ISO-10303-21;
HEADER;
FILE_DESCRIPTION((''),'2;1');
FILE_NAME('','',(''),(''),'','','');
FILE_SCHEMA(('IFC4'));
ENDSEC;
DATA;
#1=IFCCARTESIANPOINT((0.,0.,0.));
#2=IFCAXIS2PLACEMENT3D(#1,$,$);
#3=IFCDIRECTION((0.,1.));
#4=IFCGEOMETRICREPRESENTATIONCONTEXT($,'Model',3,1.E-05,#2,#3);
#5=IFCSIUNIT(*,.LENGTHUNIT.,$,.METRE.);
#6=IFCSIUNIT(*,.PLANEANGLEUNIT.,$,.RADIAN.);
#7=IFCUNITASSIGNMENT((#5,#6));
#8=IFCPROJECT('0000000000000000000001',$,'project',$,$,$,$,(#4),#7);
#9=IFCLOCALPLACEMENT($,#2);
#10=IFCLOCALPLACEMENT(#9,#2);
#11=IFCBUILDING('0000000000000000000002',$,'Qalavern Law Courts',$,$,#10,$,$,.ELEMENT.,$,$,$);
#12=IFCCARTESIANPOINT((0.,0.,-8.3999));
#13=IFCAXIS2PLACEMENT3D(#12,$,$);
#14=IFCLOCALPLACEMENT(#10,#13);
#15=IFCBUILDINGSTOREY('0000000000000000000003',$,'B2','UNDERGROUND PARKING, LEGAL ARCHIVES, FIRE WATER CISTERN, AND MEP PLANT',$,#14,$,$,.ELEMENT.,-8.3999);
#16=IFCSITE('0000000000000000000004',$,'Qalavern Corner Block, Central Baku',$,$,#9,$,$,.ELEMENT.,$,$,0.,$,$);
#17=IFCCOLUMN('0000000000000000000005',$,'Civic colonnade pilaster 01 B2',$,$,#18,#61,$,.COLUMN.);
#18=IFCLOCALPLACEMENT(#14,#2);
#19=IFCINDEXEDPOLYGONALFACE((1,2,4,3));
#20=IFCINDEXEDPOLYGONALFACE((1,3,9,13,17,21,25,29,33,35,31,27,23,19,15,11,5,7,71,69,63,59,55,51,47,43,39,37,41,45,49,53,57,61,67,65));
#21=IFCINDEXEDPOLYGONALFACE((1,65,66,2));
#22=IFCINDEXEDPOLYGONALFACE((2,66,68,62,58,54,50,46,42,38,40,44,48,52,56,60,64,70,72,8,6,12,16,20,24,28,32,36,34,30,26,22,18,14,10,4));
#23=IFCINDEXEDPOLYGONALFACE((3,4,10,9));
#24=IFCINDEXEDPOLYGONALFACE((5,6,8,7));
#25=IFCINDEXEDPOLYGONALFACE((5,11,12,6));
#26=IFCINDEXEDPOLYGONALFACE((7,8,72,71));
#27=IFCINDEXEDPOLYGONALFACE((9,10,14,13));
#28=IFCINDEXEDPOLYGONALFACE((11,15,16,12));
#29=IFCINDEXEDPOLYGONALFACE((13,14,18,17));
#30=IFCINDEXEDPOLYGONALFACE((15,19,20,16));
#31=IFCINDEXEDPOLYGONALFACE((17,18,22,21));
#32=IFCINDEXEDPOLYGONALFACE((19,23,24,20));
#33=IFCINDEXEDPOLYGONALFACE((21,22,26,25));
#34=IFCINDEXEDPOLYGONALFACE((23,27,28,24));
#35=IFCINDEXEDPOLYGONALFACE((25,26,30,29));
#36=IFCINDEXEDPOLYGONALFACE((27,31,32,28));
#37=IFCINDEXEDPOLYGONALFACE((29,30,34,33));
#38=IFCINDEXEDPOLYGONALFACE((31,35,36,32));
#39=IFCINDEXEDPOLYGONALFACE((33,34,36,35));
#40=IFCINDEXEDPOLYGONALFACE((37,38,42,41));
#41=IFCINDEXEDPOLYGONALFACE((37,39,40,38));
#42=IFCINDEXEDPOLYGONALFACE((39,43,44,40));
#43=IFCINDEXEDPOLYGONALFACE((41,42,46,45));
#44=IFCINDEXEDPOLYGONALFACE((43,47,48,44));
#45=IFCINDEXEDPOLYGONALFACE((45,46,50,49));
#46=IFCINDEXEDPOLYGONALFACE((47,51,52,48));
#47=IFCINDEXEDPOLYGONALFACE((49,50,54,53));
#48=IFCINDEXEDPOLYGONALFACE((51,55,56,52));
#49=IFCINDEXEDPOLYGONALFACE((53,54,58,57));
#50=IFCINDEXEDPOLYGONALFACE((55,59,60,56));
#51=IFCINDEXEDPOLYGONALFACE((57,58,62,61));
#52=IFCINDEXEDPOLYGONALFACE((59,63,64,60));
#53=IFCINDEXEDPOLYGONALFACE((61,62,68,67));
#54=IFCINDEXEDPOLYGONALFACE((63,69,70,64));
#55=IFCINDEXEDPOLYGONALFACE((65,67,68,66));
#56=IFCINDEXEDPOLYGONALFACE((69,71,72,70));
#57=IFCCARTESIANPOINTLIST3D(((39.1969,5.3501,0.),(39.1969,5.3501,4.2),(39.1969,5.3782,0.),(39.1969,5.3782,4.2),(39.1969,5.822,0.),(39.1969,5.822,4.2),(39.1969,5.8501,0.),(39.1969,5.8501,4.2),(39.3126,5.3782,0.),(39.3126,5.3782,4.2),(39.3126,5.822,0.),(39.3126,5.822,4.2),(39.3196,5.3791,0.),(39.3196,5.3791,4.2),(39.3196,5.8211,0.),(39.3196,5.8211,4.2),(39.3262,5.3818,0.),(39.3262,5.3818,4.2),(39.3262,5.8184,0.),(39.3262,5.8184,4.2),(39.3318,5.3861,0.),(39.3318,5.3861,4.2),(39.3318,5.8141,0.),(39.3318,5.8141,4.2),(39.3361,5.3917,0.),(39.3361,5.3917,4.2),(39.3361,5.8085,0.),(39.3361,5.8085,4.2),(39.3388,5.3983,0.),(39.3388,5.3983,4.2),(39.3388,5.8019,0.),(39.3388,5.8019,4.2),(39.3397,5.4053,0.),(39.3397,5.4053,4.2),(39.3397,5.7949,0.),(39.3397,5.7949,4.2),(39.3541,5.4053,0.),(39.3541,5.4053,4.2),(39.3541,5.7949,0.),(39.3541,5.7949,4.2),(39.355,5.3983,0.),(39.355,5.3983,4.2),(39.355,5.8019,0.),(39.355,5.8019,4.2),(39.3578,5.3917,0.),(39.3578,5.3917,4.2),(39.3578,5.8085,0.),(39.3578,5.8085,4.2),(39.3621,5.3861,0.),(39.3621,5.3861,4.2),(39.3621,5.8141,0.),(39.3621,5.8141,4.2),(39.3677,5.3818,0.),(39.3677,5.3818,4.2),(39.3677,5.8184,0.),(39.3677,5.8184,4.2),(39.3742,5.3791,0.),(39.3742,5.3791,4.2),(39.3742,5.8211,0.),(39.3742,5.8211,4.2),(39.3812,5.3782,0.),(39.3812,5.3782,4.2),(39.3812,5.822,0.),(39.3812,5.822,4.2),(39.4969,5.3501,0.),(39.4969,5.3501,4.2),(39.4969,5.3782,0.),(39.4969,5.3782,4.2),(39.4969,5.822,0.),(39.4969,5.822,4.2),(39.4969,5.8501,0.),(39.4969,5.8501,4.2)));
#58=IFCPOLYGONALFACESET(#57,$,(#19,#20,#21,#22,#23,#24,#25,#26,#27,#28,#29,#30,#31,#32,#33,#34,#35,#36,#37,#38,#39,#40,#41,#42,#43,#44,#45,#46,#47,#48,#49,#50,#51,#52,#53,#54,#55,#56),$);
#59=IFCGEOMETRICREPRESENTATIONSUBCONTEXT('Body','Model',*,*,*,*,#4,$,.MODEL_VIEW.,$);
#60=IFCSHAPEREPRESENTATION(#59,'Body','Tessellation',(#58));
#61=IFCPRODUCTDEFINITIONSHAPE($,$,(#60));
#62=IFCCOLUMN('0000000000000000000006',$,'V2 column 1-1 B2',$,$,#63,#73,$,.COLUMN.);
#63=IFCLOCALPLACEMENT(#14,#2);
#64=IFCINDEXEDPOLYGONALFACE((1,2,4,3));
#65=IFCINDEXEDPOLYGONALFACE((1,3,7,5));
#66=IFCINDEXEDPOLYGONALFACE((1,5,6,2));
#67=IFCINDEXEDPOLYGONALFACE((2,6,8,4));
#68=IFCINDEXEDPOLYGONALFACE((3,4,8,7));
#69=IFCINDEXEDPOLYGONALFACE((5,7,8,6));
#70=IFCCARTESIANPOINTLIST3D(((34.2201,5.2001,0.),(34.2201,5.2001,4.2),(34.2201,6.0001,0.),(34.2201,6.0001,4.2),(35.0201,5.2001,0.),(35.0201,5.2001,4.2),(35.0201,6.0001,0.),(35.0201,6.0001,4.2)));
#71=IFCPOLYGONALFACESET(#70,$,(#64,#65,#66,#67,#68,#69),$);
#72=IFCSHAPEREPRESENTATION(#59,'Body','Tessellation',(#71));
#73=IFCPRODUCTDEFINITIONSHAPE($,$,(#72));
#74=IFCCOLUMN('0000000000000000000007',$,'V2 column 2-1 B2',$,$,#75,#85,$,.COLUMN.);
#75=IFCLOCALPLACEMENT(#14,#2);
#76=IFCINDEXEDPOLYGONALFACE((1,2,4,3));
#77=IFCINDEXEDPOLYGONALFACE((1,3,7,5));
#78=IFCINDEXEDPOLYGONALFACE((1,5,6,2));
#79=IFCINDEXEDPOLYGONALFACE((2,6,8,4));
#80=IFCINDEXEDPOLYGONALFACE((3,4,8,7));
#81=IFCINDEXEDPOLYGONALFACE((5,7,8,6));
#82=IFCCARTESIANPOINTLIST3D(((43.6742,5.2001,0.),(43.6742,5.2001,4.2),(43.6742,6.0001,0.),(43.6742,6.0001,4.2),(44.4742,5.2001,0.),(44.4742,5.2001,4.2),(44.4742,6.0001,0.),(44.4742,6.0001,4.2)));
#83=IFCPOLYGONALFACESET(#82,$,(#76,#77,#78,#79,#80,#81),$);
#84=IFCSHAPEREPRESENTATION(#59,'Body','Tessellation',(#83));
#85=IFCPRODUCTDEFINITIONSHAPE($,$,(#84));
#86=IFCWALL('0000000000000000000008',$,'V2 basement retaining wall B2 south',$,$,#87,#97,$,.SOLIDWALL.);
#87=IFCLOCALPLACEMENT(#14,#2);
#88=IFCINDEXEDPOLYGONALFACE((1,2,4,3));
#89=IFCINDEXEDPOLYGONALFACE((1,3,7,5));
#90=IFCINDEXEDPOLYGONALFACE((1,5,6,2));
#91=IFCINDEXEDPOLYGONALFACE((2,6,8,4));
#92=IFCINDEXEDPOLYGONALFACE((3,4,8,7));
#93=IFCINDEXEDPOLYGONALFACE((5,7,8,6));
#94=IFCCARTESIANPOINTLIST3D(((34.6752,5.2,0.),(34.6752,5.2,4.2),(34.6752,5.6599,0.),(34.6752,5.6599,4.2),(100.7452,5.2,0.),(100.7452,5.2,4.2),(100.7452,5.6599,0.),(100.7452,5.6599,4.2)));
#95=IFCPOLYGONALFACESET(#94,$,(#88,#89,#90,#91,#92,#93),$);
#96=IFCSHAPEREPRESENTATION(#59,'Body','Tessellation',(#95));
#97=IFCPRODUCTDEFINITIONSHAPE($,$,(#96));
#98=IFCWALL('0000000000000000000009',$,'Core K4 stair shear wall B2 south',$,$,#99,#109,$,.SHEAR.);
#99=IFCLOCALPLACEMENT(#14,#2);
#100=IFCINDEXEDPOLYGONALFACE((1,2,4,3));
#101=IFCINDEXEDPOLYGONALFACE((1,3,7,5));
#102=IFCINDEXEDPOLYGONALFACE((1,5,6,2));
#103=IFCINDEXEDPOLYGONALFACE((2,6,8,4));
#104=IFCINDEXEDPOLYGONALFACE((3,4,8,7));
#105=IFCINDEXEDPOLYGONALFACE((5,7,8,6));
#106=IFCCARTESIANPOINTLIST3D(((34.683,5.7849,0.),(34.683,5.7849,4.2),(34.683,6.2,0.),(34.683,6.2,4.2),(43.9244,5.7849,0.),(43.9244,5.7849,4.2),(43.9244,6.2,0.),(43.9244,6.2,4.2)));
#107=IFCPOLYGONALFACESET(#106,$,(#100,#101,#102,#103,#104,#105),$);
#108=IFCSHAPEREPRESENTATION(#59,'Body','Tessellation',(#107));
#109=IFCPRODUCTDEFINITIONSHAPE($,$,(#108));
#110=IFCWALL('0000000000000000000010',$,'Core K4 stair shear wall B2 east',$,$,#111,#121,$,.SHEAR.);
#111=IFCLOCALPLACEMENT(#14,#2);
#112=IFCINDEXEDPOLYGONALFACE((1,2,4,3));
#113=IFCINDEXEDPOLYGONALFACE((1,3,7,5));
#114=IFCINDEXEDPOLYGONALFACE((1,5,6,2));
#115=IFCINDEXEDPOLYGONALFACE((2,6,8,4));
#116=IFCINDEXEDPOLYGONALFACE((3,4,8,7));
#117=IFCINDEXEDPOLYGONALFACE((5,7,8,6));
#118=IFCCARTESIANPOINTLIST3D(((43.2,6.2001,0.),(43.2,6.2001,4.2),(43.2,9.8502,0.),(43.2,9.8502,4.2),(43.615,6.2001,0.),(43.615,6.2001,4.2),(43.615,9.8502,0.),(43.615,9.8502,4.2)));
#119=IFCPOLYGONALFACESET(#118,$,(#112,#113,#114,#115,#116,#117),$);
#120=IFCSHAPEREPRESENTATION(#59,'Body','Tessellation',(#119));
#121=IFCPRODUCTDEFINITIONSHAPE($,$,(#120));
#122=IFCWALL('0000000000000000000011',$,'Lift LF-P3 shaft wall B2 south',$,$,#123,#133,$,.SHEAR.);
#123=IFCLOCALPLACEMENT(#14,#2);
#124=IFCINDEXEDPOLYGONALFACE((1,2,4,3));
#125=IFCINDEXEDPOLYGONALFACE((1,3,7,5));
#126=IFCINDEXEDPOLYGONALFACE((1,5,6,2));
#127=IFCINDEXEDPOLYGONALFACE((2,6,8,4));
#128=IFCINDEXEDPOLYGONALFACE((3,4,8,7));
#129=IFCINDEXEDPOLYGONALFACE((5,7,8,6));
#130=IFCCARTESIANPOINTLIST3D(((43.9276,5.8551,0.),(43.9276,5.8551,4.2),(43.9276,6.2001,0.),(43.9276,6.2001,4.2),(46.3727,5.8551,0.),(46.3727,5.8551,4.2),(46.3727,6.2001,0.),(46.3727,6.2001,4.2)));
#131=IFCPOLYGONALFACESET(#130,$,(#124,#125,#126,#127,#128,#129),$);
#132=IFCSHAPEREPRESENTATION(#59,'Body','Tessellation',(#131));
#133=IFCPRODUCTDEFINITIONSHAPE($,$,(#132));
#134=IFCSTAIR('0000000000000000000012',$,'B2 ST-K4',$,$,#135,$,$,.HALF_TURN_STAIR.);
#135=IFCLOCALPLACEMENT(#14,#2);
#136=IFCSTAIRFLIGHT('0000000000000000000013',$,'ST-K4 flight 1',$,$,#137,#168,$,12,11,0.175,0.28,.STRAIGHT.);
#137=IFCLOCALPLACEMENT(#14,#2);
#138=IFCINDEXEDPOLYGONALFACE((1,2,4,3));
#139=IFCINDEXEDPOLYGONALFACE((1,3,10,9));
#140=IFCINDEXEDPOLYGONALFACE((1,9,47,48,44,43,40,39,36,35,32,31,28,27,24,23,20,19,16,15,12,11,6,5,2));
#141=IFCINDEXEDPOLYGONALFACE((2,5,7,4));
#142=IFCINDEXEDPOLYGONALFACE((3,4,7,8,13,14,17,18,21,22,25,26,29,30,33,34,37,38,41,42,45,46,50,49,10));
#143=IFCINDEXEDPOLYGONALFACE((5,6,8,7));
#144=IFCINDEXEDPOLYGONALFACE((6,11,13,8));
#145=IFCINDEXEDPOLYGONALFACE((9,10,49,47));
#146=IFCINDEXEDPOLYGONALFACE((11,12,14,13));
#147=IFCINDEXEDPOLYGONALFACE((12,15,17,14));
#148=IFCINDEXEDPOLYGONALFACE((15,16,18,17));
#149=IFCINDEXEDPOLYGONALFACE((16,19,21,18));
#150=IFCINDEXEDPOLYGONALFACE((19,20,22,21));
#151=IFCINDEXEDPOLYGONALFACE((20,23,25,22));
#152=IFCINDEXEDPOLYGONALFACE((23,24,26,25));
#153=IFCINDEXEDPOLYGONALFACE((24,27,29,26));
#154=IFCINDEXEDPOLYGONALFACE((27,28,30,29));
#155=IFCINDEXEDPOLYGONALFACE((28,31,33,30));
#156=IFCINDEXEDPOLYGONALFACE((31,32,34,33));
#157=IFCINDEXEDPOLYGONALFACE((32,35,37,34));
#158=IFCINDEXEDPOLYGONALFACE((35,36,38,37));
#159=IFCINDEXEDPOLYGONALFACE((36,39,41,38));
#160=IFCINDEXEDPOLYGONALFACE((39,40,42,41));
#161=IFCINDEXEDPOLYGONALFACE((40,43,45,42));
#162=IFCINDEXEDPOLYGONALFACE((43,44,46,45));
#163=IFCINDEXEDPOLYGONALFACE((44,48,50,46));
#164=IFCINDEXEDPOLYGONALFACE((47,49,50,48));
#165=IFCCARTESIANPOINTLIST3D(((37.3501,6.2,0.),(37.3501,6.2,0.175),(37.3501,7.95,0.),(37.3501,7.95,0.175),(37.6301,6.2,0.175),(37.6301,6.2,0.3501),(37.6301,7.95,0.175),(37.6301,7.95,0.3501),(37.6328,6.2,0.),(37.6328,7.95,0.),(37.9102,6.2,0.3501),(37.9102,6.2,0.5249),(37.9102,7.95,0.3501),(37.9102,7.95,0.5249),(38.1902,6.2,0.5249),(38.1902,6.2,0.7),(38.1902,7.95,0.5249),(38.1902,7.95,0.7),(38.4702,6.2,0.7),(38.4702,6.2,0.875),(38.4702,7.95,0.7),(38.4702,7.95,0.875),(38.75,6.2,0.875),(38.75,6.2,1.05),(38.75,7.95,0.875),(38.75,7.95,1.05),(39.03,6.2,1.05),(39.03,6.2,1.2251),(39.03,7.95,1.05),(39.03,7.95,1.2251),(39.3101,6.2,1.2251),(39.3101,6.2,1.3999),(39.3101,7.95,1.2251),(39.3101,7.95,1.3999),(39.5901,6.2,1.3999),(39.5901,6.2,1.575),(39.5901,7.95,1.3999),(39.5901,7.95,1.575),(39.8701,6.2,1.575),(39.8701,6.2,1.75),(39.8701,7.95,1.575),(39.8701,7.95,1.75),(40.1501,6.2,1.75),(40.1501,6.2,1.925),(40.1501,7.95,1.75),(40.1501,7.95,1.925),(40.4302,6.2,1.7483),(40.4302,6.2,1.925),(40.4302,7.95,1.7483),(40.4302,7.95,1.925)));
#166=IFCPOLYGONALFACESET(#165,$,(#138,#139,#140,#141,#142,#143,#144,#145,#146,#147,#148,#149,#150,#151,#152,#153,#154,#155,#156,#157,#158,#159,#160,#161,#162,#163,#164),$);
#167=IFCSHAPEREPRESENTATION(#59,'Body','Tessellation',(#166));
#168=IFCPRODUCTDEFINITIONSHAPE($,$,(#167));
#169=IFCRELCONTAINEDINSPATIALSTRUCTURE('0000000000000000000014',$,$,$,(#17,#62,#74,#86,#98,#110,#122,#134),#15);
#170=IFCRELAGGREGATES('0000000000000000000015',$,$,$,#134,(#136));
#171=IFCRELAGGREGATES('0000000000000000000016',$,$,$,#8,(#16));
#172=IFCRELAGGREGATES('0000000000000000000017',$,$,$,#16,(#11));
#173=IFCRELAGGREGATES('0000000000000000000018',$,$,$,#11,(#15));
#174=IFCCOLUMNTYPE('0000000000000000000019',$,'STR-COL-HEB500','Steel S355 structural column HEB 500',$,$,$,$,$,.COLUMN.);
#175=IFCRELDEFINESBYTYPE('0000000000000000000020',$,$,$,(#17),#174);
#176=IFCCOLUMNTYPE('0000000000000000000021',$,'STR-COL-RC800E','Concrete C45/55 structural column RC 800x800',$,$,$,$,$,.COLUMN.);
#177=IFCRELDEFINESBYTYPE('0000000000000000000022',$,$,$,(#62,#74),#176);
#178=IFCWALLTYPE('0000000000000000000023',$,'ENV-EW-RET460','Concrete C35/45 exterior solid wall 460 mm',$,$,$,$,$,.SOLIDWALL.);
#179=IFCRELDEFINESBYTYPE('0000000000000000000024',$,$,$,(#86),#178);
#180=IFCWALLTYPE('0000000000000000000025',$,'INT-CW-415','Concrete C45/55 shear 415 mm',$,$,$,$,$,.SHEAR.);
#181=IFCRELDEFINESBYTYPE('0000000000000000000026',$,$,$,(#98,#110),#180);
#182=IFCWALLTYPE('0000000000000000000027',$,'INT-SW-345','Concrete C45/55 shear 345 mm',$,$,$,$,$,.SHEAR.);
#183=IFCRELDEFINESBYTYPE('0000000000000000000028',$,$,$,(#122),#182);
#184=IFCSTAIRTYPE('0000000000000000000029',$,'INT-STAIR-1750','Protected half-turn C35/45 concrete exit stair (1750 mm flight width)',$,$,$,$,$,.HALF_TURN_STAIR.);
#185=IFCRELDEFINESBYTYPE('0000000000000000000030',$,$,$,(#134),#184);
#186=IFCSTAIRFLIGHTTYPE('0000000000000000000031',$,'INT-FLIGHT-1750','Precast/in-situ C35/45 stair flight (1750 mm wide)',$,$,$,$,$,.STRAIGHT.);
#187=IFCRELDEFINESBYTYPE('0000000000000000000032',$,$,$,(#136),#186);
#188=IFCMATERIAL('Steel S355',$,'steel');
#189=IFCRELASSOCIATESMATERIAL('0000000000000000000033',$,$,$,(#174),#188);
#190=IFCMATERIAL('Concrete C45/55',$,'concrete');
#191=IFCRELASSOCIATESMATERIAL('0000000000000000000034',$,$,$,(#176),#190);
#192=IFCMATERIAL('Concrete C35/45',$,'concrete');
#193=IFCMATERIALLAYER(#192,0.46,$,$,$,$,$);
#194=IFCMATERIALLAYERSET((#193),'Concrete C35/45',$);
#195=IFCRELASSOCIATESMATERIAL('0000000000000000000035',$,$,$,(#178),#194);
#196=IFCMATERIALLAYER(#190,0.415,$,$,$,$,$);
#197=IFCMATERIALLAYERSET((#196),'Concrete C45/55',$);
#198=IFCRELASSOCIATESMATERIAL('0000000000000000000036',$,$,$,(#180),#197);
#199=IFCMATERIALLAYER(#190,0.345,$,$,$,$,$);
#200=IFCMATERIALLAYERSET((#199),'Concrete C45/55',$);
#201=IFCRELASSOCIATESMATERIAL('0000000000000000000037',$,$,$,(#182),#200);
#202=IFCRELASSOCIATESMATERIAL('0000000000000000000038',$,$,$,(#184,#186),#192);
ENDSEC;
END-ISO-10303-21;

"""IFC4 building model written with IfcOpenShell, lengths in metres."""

from ifc_helpers import new_model, si_unit, direction, frame, frame_2d, origin, origin_2d, place, context, subcontext, project, spatial, polyline, rectangle, i_section, outline, extrude, material, layer, layer_set, material_profile, profile_set, type_object, element, aggregate, save


model = new_model("IFC4")

# Units and contexts
model_context = context("Model", 3, precision=1e-05, world=origin(), true_north=direction((0.0, 1.0)))
body_context = subcontext(model_context, "Body", "Model", "MODEL_VIEW")
ifc_project = project(units=[si_unit("LENGTHUNIT", "METRE"), si_unit("PLANEANGLEUNIT", "RADIAN")], contexts=[model_context])

# Site, building, storey
site_placement = place(None, origin())
site = spatial("IfcSite", under=ifc_project, at=site_placement, Name="Qalavern Corner Block, Central Baku", CompositionType="ELEMENT", RefElevation=0.0)
building_placement = place(site_placement, origin())
building = spatial("IfcBuilding", under=site, at=building_placement, Name="Qalavern Law Courts", CompositionType="ELEMENT")
storey_placement = place(building_placement, frame((0.0, 0.0, -8.3999)))
storey = spatial("IfcBuildingStorey", under=building, at=storey_placement, Name="B2", Description="UNDERGROUND PARKING, LEGAL ARCHIVES, FIRE WATER CISTERN, AND MEP PLANT", CompositionType="ELEMENT", Elevation=-8.3999)

# Shared definitions
ifc_material_1 = material(Name="Concrete C35/45", Category="concrete")

# Columns
ifc_material_2 = material(Name="Steel S355", Category="steel")
ifc_material_profile_1 = material_profile(ifc_material_2, i_section(OverallWidth=0.3, OverallDepth=0.5, WebThickness=0.0144, FlangeThickness=0.0281, FilletRadius=0.0271, at=origin_2d()), Name="HEB 500")
ifc_profile_set_1 = profile_set([ifc_material_profile_1], Name="Steel S355")
column_type_1 = type_object("IfcColumnType", Name="STR-COL-HEB500", Description="Steel S355 structural column HEB 500", PredefinedType="COLUMN", material=ifc_profile_set_1)
column_placement = place(storey_placement, frame((39.3469, 5.6001, 0.0), z_axis=(0.0, 0.0, 1.0), x_axis=(1.0, 0.0, 0.0)))
element("IfcColumn", 1, at=column_placement, inside=storey, type_object=column_type_1, Name="Civic colonnade pilaster 01 B2", PredefinedType="COLUMN", context=body_context, shape_type="SweptSolid", body=[
    extrude(i_section(OverallWidth=0.3, OverallDepth=0.5, WebThickness=0.0144, FlangeThickness=0.0281, FilletRadius=0.0271, at=origin_2d()), origin(), (0.0, 0.0, 1.0), 4.2),
])
ifc_material_3 = material(Name="Concrete C45/55", Category="concrete")
ifc_material_profile_2 = material_profile(ifc_material_3, rectangle(XDim=0.8, YDim=0.8, at=origin_2d()), Name="RC 800x800")
ifc_profile_set_2 = profile_set([ifc_material_profile_2], Name="Concrete C45/55")
column_type_2 = type_object("IfcColumnType", Name="STR-COL-RC800E", Description="Concrete C45/55 structural column RC 800x800", PredefinedType="COLUMN", material=ifc_profile_set_2)
for number, where, z_axis, x_axis, name in (
    (2, (34.6201, 5.6001, 0.0), (0.0, 0.0, 1.0), (1.0, 0.0, 0.0), "V2 column 1-1 B2"),
    (3, (44.0742, 5.6001, 0.0), (0.0, 0.0, 1.0), (1.0, 0.0, 0.0), "V2 column 2-1 B2"),
):
    element("IfcColumn", number, at=place(storey_placement, frame(where, z_axis=z_axis, x_axis=x_axis)), inside=storey, type_object=column_type_2, Name=name, PredefinedType="COLUMN", context=body_context, shape_type="SweptSolid", body=[
        extrude(rectangle(XDim=0.8, YDim=0.8, at=origin_2d()), origin(), (0.0, 0.0, 1.0), 4.2),
    ])

# Walls
ifc_layer_1 = layer(ifc_material_1, 0.46)
ifc_layer_set_1 = layer_set([ifc_layer_1], Name="Concrete C35/45")
wall_type_1 = type_object("IfcWallType", Name="ENV-EW-RET460", Description="Concrete C35/45 exterior solid wall 460 mm", PredefinedType="SOLIDWALL", material=ifc_layer_set_1)
wall_1_placement = place(storey_placement, frame((34.675, 5.4299, 0.0), z_axis=(0.0, 0.0, 1.0), x_axis=(1.0, 0.0, 0.0)))
element("IfcWall", 4, at=wall_1_placement, inside=storey, type_object=wall_type_1, Name="V2 basement retaining wall B2 south", PredefinedType="SOLIDWALL", context=body_context, shape_type="SweptSolid", body=[
    extrude(rectangle(XDim=66.0701, YDim=0.46, at=frame_2d((33.0352, 0.0))), origin(), (0.0, 0.0, 1.0), 4.2),
])
ifc_layer_2 = layer(ifc_material_3, 0.415)
ifc_layer_set_2 = layer_set([ifc_layer_2], Name="Concrete C45/55")
wall_type_2 = type_object("IfcWallType", Name="INT-CW-415", Description="Concrete C45/55 shear 415 mm", PredefinedType="SHEAR", material=ifc_layer_set_2)
wall_2_placement = place(storey_placement, frame((34.6831, 5.9924, 0.0), z_axis=(0.0, 0.0, 1.0), x_axis=(1.0, 0.0, 0.0)))
element("IfcWall", 5, at=wall_2_placement, inside=storey, type_object=wall_type_2, Name="Core K4 stair shear wall B2 south", PredefinedType="SHEAR", context=body_context, shape_type="SweptSolid", body=[
    extrude(rectangle(XDim=9.2415, YDim=0.415, at=frame_2d((4.6206, 0.0))), origin(), (0.0, 0.0, 1.0), 4.2),
])
wall_3_placement = place(storey_placement, frame((43.4075, 6.2, 0.0), z_axis=(0.0, 0.0, 1.0), x_axis=(0.0, 1.0, 0.0)))
element("IfcWall", 6, at=wall_3_placement, inside=storey, type_object=wall_type_2, Name="Core K4 stair shear wall B2 east", PredefinedType="SHEAR", context=body_context, shape_type="SweptSolid", body=[
    extrude(rectangle(XDim=3.6501, YDim=0.415, at=frame_2d((1.8252, 0.0))), origin(), (0.0, 0.0, 1.0), 4.2),
])
ifc_layer_3 = layer(ifc_material_3, 0.345)
ifc_layer_set_3 = layer_set([ifc_layer_3], Name="Concrete C45/55")
wall_type_3 = type_object("IfcWallType", Name="INT-SW-345", Description="Concrete C45/55 shear 345 mm", PredefinedType="SHEAR", material=ifc_layer_set_3)
wall_4_placement = place(storey_placement, frame((43.9275, 6.0276, 0.0), z_axis=(0.0, 0.0, 1.0), x_axis=(1.0, 0.0, 0.0)))
element("IfcWall", 7, at=wall_4_placement, inside=storey, type_object=wall_type_3, Name="Lift LF-P3 shaft wall B2 south", PredefinedType="SHEAR", context=body_context, shape_type="SweptSolid", body=[
    extrude(rectangle(XDim=2.4451, YDim=0.345, at=frame_2d((1.2227, 0.0))), origin(), (0.0, 0.0, 1.0), 4.2),
])

# Stair, stair flight
stair_type = type_object("IfcStairType", Name="INT-STAIR-1750", Description="Protected half-turn C35/45 concrete exit stair (1750 mm flight width)", PredefinedType="HALF_TURN_STAIR", material=ifc_material_1)
stair_placement = place(storey_placement, origin())
stair = element("IfcStair", 8, at=stair_placement, inside=storey, type_object=stair_type, Name="B2 ST-K4", PredefinedType="HALF_TURN_STAIR")
stair_flight_type = type_object("IfcStairFlightType", Name="INT-FLIGHT-1750", Description="Precast/in-situ C35/45 stair flight (1750 mm wide)", PredefinedType="STRAIGHT", material=ifc_material_1)
stair_flight_placement = place(storey_placement, frame((37.3501, 7.075, 0.0), z_axis=(0.0, 0.0, 1.0), x_axis=(1.0, 0.0, 0.0)))
stair_flight = element("IfcStairFlight", 9, at=stair_flight_placement, type_object=stair_flight_type, Name="ST-K4 flight 1", NumberOfRisers=12, NumberOfTreads=11, PredefinedType="STRAIGHT", RiserHeight=0.175, TreadLength=0.28, context=body_context, shape_type="SweptSolid", body=[
    extrude(outline(polyline([(0.0, 0.0), (0.0, 0.175), (0.28, 0.175), (0.28, 0.3501), (0.5601, 0.3501), (0.5601, 0.5249), (0.8401, 0.5249), (0.8401, 0.7), (1.1201, 0.7), (1.1201, 0.875), (1.3999, 0.875), (1.3999, 1.05), (1.6799, 1.05), (1.6799, 1.2251), (1.96, 1.2251), (1.96, 1.3999), (2.24, 1.3999), (2.24, 1.575), (2.52, 1.575), (2.52, 1.75), (2.8, 1.75), (2.8, 1.925), (3.0801, 1.925), (3.0801, 2.1001), (3.0801, 1.7483), (0.2827, 0.0), (0.0, 0.0)])), frame((0.0, 0.875, 0.0), z_axis=(0.0, -1.0, 0.0), x_axis=(1.0, 0.0, 0.0)), (0.0, 0.0, 1.0), 1.75),
])
aggregate(stair, [stair_flight])

save(model, "model.ifc")
